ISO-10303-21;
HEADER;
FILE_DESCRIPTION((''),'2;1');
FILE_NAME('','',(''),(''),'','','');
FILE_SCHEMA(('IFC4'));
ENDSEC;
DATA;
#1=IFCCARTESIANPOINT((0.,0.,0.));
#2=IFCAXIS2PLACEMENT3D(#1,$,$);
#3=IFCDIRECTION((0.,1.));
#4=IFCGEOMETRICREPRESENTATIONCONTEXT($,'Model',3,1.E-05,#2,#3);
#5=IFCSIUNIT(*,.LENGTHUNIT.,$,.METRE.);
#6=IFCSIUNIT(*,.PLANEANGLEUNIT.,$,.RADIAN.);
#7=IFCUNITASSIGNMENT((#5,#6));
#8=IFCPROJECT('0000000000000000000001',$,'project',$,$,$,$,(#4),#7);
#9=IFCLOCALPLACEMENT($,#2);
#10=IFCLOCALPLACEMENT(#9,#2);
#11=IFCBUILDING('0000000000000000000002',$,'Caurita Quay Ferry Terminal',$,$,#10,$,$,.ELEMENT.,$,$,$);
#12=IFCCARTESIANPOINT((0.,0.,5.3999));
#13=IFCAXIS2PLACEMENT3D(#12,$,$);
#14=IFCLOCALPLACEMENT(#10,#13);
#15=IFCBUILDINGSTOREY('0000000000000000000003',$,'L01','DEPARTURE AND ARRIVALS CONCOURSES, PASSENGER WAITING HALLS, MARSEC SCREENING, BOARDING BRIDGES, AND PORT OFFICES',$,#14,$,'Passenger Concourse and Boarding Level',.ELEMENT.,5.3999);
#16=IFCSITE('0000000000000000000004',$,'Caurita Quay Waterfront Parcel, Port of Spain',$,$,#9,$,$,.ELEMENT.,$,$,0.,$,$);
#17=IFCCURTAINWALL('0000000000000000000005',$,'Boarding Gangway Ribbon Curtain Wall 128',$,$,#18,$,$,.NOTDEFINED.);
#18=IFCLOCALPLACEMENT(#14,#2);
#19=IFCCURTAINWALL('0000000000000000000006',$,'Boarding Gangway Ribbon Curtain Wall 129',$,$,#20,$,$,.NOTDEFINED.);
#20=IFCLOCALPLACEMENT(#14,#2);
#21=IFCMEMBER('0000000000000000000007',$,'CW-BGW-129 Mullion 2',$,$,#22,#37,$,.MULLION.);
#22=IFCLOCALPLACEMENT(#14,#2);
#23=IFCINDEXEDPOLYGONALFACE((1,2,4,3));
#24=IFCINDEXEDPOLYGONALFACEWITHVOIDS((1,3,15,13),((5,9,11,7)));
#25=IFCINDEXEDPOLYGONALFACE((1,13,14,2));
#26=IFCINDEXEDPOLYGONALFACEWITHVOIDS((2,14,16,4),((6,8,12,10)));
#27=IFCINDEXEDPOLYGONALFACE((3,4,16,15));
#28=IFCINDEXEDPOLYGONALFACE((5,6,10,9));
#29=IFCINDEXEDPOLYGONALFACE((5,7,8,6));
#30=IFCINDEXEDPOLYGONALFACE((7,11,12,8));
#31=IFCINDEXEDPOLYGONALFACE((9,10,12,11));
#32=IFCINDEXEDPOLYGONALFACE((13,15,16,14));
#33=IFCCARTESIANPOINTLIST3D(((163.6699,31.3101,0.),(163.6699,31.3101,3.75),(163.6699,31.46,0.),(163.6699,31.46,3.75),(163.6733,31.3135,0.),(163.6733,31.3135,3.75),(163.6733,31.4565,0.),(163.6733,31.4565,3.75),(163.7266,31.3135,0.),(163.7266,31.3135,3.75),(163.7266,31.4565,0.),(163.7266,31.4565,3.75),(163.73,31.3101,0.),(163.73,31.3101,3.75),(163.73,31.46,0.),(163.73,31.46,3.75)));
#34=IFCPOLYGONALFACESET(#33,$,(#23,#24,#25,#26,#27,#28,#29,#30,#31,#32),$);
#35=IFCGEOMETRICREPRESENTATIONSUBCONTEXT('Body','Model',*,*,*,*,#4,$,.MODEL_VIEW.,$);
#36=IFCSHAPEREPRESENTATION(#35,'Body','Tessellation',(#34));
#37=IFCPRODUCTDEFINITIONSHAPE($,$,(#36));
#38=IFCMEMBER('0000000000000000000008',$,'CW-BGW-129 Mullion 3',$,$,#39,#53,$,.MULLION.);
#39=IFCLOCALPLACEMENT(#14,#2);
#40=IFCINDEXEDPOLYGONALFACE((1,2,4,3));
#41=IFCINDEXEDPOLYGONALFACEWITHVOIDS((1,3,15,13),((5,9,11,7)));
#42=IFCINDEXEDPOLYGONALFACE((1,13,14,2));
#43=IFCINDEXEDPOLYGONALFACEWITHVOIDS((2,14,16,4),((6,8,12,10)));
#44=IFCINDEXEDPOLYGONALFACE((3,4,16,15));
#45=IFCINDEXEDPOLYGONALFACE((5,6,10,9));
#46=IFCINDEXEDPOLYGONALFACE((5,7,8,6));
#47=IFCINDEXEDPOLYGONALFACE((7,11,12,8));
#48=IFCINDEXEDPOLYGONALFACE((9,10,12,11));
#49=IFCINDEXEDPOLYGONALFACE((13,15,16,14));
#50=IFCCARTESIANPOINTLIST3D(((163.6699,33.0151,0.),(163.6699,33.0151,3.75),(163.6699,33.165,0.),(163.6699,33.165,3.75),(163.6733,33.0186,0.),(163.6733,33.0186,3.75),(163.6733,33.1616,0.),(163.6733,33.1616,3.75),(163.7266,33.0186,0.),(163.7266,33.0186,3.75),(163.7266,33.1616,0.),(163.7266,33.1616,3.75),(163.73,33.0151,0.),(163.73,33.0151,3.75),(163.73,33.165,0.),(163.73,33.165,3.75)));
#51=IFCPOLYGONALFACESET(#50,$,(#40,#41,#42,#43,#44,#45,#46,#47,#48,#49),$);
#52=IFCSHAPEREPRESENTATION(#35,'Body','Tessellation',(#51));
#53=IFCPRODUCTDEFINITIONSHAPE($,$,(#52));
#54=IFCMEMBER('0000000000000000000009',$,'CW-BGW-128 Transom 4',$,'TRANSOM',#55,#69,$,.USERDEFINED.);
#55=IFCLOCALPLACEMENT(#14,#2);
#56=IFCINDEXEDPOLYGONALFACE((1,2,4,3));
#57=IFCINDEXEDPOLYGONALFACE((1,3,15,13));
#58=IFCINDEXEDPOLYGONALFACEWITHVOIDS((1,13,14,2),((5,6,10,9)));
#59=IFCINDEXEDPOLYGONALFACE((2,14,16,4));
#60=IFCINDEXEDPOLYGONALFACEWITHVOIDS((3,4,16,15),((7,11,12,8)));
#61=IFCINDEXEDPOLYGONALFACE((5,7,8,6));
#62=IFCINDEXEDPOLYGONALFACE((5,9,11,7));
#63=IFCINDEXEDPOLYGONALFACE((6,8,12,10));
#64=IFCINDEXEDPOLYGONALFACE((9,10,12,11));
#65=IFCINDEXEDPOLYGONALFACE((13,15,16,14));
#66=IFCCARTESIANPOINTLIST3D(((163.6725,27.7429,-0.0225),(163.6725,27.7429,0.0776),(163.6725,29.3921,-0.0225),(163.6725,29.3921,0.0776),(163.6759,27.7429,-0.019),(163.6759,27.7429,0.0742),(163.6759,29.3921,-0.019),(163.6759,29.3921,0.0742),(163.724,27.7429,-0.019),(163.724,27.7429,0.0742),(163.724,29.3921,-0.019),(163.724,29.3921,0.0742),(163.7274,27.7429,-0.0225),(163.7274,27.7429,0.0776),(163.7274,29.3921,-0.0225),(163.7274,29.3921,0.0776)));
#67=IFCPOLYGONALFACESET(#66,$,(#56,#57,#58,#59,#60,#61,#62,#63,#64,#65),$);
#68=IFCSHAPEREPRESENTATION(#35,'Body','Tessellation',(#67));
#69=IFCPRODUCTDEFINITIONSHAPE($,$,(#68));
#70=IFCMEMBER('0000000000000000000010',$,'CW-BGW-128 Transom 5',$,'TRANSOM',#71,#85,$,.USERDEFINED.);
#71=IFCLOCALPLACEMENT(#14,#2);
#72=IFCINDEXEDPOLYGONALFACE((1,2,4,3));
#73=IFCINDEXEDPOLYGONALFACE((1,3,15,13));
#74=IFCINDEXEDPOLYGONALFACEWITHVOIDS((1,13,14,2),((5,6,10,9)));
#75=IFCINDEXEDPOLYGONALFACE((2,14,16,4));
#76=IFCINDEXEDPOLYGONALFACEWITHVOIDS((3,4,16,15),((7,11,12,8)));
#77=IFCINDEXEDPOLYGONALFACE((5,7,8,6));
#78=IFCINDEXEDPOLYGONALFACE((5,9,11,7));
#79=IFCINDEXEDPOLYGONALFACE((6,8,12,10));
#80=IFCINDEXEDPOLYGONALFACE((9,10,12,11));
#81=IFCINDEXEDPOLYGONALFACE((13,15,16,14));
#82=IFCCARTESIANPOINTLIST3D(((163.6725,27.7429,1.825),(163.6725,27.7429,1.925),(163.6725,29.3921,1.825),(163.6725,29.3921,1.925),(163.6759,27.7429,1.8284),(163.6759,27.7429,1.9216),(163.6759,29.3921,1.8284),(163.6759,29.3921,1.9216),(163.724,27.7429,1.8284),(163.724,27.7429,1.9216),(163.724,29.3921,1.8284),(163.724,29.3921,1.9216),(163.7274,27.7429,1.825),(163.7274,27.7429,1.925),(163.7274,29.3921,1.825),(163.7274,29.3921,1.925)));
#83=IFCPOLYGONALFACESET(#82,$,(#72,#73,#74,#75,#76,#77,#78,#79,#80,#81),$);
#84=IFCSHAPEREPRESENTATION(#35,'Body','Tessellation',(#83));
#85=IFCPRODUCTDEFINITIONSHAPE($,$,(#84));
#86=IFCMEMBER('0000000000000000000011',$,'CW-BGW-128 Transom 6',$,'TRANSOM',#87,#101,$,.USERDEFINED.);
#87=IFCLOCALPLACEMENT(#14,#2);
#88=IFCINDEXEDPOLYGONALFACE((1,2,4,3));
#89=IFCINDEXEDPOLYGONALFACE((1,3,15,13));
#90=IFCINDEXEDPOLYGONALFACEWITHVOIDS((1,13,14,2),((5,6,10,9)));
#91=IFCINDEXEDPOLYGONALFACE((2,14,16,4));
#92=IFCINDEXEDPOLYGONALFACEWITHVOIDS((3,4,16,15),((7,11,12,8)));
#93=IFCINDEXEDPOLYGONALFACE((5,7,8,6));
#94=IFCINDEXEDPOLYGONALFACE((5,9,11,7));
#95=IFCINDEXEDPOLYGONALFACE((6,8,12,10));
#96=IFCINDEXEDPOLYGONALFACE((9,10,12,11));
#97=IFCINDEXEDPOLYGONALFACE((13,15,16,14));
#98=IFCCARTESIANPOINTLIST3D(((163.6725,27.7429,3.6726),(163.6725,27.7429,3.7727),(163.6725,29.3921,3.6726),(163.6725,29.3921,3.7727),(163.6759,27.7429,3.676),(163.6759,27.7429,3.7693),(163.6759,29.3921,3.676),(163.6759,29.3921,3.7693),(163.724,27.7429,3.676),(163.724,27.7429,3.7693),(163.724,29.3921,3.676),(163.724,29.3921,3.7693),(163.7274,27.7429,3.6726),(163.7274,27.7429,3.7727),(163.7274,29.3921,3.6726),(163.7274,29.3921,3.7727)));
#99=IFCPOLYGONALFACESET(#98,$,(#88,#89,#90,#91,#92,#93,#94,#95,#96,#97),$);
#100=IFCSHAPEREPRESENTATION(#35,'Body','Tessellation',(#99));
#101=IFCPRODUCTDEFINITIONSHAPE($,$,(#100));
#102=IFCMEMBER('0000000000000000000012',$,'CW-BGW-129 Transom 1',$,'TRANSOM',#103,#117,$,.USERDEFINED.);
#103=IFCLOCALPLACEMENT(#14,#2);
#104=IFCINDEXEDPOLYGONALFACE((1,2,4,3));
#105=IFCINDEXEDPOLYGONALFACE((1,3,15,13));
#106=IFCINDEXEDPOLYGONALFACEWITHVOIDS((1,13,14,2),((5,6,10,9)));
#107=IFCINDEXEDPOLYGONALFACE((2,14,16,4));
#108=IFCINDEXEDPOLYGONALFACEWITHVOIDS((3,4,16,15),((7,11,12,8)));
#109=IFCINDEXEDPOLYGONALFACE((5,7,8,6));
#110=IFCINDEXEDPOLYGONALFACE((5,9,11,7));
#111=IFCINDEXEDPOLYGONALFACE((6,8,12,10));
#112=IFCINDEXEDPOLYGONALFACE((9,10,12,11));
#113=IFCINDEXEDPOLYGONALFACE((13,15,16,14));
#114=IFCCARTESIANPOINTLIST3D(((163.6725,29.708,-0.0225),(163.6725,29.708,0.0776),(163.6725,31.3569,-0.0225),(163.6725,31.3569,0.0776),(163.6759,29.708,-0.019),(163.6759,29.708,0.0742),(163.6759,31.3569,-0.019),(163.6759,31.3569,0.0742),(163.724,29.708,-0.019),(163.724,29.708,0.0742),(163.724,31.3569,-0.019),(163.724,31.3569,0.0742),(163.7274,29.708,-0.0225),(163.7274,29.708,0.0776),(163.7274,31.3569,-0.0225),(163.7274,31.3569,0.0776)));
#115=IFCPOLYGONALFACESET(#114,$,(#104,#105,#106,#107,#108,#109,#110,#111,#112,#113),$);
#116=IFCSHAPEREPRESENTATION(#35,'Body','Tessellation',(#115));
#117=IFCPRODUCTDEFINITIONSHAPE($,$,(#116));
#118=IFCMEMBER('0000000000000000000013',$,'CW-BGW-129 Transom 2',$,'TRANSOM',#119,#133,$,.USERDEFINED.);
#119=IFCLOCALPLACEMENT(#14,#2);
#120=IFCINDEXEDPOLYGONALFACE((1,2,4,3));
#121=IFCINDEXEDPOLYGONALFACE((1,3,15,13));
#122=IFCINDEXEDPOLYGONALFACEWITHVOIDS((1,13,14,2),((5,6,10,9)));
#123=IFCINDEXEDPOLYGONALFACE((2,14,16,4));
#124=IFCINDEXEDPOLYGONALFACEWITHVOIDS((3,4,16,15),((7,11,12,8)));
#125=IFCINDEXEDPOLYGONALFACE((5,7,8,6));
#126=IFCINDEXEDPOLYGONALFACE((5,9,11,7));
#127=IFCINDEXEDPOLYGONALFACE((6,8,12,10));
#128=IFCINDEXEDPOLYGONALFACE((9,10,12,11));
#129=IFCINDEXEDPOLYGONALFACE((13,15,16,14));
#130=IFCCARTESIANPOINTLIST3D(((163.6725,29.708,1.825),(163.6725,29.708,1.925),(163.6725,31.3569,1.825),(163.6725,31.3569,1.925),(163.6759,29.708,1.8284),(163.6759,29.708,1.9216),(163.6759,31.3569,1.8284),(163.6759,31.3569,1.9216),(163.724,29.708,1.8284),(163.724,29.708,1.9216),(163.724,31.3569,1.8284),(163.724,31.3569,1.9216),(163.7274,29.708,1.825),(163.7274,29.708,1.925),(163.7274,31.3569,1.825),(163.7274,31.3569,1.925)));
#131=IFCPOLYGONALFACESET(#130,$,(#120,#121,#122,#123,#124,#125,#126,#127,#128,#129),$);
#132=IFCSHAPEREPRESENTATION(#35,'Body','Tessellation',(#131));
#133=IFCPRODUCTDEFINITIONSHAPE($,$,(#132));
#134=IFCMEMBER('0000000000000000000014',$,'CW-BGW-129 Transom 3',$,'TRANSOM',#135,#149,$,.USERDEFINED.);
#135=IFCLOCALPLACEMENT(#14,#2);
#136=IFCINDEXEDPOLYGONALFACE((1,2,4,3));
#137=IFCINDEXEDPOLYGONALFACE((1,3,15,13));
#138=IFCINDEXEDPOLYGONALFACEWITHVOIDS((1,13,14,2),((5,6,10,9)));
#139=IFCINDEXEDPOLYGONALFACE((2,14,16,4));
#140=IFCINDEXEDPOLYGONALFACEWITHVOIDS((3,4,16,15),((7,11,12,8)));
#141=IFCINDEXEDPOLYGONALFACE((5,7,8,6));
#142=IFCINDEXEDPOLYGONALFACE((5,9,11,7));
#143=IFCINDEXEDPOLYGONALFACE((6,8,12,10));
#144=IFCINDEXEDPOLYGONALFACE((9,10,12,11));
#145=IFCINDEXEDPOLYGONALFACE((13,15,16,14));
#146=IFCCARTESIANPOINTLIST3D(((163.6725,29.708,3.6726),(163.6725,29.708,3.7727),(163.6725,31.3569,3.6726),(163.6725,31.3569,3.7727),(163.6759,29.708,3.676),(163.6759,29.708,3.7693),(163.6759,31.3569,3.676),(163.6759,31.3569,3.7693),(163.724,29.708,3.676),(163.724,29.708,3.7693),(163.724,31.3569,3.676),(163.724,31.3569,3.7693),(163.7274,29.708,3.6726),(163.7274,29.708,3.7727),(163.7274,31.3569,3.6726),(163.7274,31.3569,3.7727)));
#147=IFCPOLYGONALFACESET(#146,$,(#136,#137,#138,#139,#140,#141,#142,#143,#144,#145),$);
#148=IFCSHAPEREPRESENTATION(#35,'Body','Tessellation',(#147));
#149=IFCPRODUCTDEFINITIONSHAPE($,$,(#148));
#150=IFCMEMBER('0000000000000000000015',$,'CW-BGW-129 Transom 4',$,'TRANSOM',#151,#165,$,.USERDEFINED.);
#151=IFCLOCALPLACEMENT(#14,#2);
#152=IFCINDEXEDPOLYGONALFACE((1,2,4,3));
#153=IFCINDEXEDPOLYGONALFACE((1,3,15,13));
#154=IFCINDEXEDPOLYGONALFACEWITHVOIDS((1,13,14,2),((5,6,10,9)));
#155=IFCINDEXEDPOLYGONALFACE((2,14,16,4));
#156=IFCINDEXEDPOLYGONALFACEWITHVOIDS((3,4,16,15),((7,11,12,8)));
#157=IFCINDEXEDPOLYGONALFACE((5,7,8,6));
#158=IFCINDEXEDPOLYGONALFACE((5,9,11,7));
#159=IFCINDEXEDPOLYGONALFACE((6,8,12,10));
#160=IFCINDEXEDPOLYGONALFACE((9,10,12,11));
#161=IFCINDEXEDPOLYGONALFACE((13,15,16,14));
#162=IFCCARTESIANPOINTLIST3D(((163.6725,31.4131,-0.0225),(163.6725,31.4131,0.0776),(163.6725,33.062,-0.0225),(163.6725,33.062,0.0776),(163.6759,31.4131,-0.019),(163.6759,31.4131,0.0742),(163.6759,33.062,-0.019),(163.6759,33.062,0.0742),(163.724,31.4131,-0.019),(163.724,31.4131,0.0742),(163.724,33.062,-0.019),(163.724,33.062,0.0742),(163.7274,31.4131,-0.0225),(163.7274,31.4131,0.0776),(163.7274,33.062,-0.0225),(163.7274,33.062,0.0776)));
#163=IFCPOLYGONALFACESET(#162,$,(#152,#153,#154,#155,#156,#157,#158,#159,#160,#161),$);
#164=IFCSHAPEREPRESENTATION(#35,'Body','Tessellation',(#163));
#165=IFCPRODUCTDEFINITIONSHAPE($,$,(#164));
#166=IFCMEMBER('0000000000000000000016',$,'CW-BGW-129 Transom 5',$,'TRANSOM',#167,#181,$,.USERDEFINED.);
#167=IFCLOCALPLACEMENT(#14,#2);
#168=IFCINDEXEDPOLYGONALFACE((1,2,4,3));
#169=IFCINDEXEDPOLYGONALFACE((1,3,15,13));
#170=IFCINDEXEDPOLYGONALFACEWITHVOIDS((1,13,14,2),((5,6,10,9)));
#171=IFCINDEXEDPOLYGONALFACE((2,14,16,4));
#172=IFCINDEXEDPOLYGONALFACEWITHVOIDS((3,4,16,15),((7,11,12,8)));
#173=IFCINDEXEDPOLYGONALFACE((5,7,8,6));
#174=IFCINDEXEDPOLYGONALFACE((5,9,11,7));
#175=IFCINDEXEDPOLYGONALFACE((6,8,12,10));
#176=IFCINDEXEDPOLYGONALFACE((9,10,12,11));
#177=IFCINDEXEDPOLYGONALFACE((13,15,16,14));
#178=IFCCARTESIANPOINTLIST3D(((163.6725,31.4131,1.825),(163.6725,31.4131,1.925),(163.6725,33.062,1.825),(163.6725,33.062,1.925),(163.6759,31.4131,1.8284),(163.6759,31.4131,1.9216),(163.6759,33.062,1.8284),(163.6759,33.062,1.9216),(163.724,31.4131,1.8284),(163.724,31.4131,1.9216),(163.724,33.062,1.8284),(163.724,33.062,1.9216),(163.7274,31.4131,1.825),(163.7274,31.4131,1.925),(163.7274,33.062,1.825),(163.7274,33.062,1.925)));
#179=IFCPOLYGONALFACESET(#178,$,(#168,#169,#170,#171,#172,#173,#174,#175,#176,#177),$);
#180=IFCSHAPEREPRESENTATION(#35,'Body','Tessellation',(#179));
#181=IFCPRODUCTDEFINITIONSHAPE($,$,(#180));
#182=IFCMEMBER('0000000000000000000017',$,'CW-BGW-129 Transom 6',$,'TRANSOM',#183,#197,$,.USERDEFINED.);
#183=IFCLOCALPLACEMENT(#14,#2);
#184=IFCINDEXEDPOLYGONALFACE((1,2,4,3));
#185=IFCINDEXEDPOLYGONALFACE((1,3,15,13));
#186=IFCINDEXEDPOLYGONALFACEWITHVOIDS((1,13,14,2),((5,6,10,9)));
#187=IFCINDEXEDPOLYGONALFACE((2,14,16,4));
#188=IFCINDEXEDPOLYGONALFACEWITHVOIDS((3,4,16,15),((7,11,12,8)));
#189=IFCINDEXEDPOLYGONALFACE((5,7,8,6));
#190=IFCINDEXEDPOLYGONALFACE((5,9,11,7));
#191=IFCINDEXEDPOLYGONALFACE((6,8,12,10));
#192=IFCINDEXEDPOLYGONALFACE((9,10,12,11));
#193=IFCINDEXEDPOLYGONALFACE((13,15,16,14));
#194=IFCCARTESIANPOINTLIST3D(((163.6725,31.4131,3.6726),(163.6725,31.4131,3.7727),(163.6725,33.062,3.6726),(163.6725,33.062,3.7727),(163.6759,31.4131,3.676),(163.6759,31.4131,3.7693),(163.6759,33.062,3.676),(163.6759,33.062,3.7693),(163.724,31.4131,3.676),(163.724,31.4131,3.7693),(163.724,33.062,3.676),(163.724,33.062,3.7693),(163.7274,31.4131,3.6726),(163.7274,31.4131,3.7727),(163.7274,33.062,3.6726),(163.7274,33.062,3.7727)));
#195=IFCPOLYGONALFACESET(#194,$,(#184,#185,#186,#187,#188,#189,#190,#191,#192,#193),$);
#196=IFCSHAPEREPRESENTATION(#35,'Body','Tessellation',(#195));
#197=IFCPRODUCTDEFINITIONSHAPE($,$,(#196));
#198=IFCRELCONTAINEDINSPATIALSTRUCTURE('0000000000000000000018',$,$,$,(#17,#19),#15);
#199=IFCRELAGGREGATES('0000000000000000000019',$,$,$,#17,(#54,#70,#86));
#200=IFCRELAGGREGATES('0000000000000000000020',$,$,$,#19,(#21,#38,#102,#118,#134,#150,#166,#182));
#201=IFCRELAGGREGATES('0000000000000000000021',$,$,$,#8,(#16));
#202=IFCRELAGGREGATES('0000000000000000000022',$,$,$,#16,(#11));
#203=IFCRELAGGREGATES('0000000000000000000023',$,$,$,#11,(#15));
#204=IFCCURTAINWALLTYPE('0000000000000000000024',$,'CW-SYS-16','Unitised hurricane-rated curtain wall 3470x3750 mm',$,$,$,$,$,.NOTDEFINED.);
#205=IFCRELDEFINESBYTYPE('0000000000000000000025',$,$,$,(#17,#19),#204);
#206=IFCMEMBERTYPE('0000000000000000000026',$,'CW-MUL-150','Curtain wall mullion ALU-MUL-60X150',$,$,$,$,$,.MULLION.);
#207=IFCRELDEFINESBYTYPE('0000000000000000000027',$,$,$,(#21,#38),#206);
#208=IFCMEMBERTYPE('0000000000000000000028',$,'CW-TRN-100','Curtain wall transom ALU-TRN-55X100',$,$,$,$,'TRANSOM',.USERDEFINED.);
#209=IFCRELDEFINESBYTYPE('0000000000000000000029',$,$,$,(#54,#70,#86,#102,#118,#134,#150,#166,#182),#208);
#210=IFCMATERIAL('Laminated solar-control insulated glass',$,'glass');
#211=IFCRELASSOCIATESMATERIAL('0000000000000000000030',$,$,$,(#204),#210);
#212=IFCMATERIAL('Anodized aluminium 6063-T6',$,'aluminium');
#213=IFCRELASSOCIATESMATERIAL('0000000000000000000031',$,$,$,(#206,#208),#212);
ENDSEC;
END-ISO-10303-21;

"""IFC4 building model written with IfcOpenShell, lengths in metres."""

from ifc_helpers import new_model, si_unit, direction, frame, origin, origin_2d, place, context, subcontext, project, spatial, hollow_rectangle, extrude, material, material_profile, profile_set, type_object, element, aggregate, save


model = new_model("IFC4")

# Units and contexts
model_context = context("Model", 3, precision=1e-05, world=origin(), true_north=direction((0.0, 1.0)))
body_context = subcontext(model_context, "Body", "Model", "MODEL_VIEW")
ifc_project = project(units=[si_unit("LENGTHUNIT", "METRE"), si_unit("PLANEANGLEUNIT", "RADIAN")], contexts=[model_context])

# Site, building, storey
site_placement = place(None, origin())
site = spatial("IfcSite", under=ifc_project, at=site_placement, Name="Caurita Quay Waterfront Parcel, Port of Spain", CompositionType="ELEMENT", RefElevation=0.0)
building_placement = place(site_placement, origin())
building = spatial("IfcBuilding", under=site, at=building_placement, Name="Caurita Quay Ferry Terminal", CompositionType="ELEMENT")
storey_placement = place(building_placement, frame((0.0, 0.0, 5.3999)))
storey = spatial("IfcBuildingStorey", under=building, at=storey_placement, Name="L01", Description="DEPARTURE AND ARRIVALS CONCOURSES, PASSENGER WAITING HALLS, MARSEC SCREENING, BOARDING BRIDGES, AND PORT OFFICES", LongName="Passenger Concourse and Boarding Level", CompositionType="ELEMENT", Elevation=5.3999)

# Curtain walls, members
ifc_material_1 = material(Name="Laminated solar-control insulated glass", Category="glass")
curtain_wall_type = type_object("IfcCurtainWallType", Name="CW-SYS-16", Description="Unitised hurricane-rated curtain wall 3470x3750 mm", PredefinedType="NOTDEFINED", material=ifc_material_1)
curtain_wall_1_placement = place(storey_placement, origin())
curtain_wall_1 = element("IfcCurtainWall", 1, at=curtain_wall_1_placement, inside=storey, type_object=curtain_wall_type, Name="Boarding Gangway Ribbon Curtain Wall 128", PredefinedType="NOTDEFINED")
ifc_material_2 = material(Name="Anodized aluminium 6063-T6", Category="aluminium")
ifc_material_profile_1 = material_profile(ifc_material_2, hollow_rectangle(XDim=0.0601, YDim=0.1499, WallThickness=0.0034, at=origin_2d()), Name="ALU-MUL-60X150")
ifc_profile_set_1 = profile_set([ifc_material_profile_1], Name="Anodized aluminium 6063-T6")
member_type_1 = type_object("IfcMemberType", Name="CW-MUL-150", Description="Curtain wall mullion ALU-MUL-60X150", PredefinedType="MULLION", material=ifc_profile_set_1)
curtain_wall_2_placement = place(storey_placement, origin())
curtain_wall_2 = element("IfcCurtainWall", 2, at=curtain_wall_2_placement, inside=storey, type_object=curtain_wall_type, Name="Boarding Gangway Ribbon Curtain Wall 129", PredefinedType="NOTDEFINED")
member_1_placement = place(storey_placement, frame((163.7, 31.385, 0.0), z_axis=(0.0, 0.0, 1.0), x_axis=(-1.0, 0.0, 0.0)))
member_1 = element("IfcMember", 3, at=member_1_placement, type_object=member_type_1, Name="CW-BGW-129 Mullion 2", PredefinedType="MULLION", context=body_context, shape_type="SweptSolid", body=[
    extrude(hollow_rectangle(XDim=0.0601, YDim=0.1499, WallThickness=0.0034, at=origin_2d()), origin(), (0.0, 0.0, 1.0), 3.75),
])
member_2_placement = place(storey_placement, frame((163.7, 33.0901, 0.0), z_axis=(0.0, 0.0, 1.0), x_axis=(-1.0, 0.0, 0.0)))
member_2 = element("IfcMember", 4, at=member_2_placement, type_object=member_type_1, Name="CW-BGW-129 Mullion 3", PredefinedType="MULLION", context=body_context, shape_type="SweptSolid", body=[
    extrude(hollow_rectangle(XDim=0.0601, YDim=0.1499, WallThickness=0.0034, at=origin_2d()), origin(), (0.0, 0.0, 1.0), 3.75),
])

# Members
ifc_material_profile_2 = material_profile(ifc_material_2, hollow_rectangle(XDim=0.0549, YDim=0.1001, WallThickness=0.0034, at=origin_2d()), Name="ALU-TRN-55X100")
ifc_profile_set_2 = profile_set([ifc_material_profile_2], Name="Anodized aluminium 6063-T6")
member_type_2 = type_object("IfcMemberType", Name="CW-TRN-100", Description="Curtain wall transom ALU-TRN-55X100", ElementType="TRANSOM", PredefinedType="USERDEFINED", material=ifc_profile_set_2)
member_3_placement = place(storey_placement, frame((163.7, 27.7429, 0.0276), z_axis=(0.0, 1.0, 0.0), x_axis=(-1.0, 0.0, 0.0)))
member_3 = element("IfcMember", 5, at=member_3_placement, type_object=member_type_2, Name="CW-BGW-128 Transom 4", ObjectType="TRANSOM", PredefinedType="USERDEFINED", context=body_context, shape_type="SweptSolid", body=[
    extrude(hollow_rectangle(XDim=0.0549, YDim=0.1001, WallThickness=0.0034, at=origin_2d()), origin(), (0.0, 0.0, 1.0), 1.6492),
])
member_4_placement = place(storey_placement, frame((163.7, 27.7429, 1.875), z_axis=(0.0, 1.0, 0.0), x_axis=(-1.0, 0.0, 0.0)))
member_4 = element("IfcMember", 6, at=member_4_placement, type_object=member_type_2, Name="CW-BGW-128 Transom 5", ObjectType="TRANSOM", PredefinedType="USERDEFINED", context=body_context, shape_type="SweptSolid", body=[
    extrude(hollow_rectangle(XDim=0.0549, YDim=0.1001, WallThickness=0.0034, at=origin_2d()), origin(), (0.0, 0.0, 1.0), 1.6492),
])
member_5_placement = place(storey_placement, frame((163.7, 27.7429, 3.7227), z_axis=(0.0, 1.0, 0.0), x_axis=(-1.0, 0.0, 0.0)))
member_5 = element("IfcMember", 7, at=member_5_placement, type_object=member_type_2, Name="CW-BGW-128 Transom 6", ObjectType="TRANSOM", PredefinedType="USERDEFINED", context=body_context, shape_type="SweptSolid", body=[
    extrude(hollow_rectangle(XDim=0.0549, YDim=0.1001, WallThickness=0.0034, at=origin_2d()), origin(), (0.0, 0.0, 1.0), 1.6492),
])
member_6_placement = place(storey_placement, frame((163.7, 29.708, 0.0276), z_axis=(0.0, 1.0, 0.0), x_axis=(-1.0, 0.0, 0.0)))
member_6 = element("IfcMember", 8, at=member_6_placement, type_object=member_type_2, Name="CW-BGW-129 Transom 1", ObjectType="TRANSOM", PredefinedType="USERDEFINED", context=body_context, shape_type="SweptSolid", body=[
    extrude(hollow_rectangle(XDim=0.0549, YDim=0.1001, WallThickness=0.0034, at=origin_2d()), origin(), (0.0, 0.0, 1.0), 1.6489),
])
member_7_placement = place(storey_placement, frame((163.7, 29.708, 1.875), z_axis=(0.0, 1.0, 0.0), x_axis=(-1.0, 0.0, 0.0)))
member_7 = element("IfcMember", 9, at=member_7_placement, type_object=member_type_2, Name="CW-BGW-129 Transom 2", ObjectType="TRANSOM", PredefinedType="USERDEFINED", context=body_context, shape_type="SweptSolid", body=[
    extrude(hollow_rectangle(XDim=0.0549, YDim=0.1001, WallThickness=0.0034, at=origin_2d()), origin(), (0.0, 0.0, 1.0), 1.6489),
])
member_8_placement = place(storey_placement, frame((163.7, 29.708, 3.7227), z_axis=(0.0, 1.0, 0.0), x_axis=(-1.0, 0.0, 0.0)))
member_8 = element("IfcMember", 10, at=member_8_placement, type_object=member_type_2, Name="CW-BGW-129 Transom 3", ObjectType="TRANSOM", PredefinedType="USERDEFINED", context=body_context, shape_type="SweptSolid", body=[
    extrude(hollow_rectangle(XDim=0.0549, YDim=0.1001, WallThickness=0.0034, at=origin_2d()), origin(), (0.0, 0.0, 1.0), 1.6489),
])
member_9_placement = place(storey_placement, frame((163.7, 31.4131, 0.0276), z_axis=(0.0, 1.0, 0.0), x_axis=(-1.0, 0.0, 0.0)))
member_9 = element("IfcMember", 11, at=member_9_placement, type_object=member_type_2, Name="CW-BGW-129 Transom 4", ObjectType="TRANSOM", PredefinedType="USERDEFINED", context=body_context, shape_type="SweptSolid", body=[
    extrude(hollow_rectangle(XDim=0.0549, YDim=0.1001, WallThickness=0.0034, at=origin_2d()), origin(), (0.0, 0.0, 1.0), 1.6489),
])
member_10_placement = place(storey_placement, frame((163.7, 31.4131, 1.875), z_axis=(0.0, 1.0, 0.0), x_axis=(-1.0, 0.0, 0.0)))
member_10 = element("IfcMember", 12, at=member_10_placement, type_object=member_type_2, Name="CW-BGW-129 Transom 5", ObjectType="TRANSOM", PredefinedType="USERDEFINED", context=body_context, shape_type="SweptSolid", body=[
    extrude(hollow_rectangle(XDim=0.0549, YDim=0.1001, WallThickness=0.0034, at=origin_2d()), origin(), (0.0, 0.0, 1.0), 1.6489),
])
member_11_placement = place(storey_placement, frame((163.7, 31.4131, 3.7227), z_axis=(0.0, 1.0, 0.0), x_axis=(-1.0, 0.0, 0.0)))
member_11 = element("IfcMember", 13, at=member_11_placement, type_object=member_type_2, Name="CW-BGW-129 Transom 6", ObjectType="TRANSOM", PredefinedType="USERDEFINED", context=body_context, shape_type="SweptSolid", body=[
    extrude(hollow_rectangle(XDim=0.0549, YDim=0.1001, WallThickness=0.0034, at=origin_2d()), origin(), (0.0, 0.0, 1.0), 1.6489),
])

aggregate(curtain_wall_1, [member_3, member_4, member_5])
aggregate(curtain_wall_2, [member_1, member_2, member_6, member_7, member_8, member_9, member_10, member_11])

save(model, "model.ifc")
